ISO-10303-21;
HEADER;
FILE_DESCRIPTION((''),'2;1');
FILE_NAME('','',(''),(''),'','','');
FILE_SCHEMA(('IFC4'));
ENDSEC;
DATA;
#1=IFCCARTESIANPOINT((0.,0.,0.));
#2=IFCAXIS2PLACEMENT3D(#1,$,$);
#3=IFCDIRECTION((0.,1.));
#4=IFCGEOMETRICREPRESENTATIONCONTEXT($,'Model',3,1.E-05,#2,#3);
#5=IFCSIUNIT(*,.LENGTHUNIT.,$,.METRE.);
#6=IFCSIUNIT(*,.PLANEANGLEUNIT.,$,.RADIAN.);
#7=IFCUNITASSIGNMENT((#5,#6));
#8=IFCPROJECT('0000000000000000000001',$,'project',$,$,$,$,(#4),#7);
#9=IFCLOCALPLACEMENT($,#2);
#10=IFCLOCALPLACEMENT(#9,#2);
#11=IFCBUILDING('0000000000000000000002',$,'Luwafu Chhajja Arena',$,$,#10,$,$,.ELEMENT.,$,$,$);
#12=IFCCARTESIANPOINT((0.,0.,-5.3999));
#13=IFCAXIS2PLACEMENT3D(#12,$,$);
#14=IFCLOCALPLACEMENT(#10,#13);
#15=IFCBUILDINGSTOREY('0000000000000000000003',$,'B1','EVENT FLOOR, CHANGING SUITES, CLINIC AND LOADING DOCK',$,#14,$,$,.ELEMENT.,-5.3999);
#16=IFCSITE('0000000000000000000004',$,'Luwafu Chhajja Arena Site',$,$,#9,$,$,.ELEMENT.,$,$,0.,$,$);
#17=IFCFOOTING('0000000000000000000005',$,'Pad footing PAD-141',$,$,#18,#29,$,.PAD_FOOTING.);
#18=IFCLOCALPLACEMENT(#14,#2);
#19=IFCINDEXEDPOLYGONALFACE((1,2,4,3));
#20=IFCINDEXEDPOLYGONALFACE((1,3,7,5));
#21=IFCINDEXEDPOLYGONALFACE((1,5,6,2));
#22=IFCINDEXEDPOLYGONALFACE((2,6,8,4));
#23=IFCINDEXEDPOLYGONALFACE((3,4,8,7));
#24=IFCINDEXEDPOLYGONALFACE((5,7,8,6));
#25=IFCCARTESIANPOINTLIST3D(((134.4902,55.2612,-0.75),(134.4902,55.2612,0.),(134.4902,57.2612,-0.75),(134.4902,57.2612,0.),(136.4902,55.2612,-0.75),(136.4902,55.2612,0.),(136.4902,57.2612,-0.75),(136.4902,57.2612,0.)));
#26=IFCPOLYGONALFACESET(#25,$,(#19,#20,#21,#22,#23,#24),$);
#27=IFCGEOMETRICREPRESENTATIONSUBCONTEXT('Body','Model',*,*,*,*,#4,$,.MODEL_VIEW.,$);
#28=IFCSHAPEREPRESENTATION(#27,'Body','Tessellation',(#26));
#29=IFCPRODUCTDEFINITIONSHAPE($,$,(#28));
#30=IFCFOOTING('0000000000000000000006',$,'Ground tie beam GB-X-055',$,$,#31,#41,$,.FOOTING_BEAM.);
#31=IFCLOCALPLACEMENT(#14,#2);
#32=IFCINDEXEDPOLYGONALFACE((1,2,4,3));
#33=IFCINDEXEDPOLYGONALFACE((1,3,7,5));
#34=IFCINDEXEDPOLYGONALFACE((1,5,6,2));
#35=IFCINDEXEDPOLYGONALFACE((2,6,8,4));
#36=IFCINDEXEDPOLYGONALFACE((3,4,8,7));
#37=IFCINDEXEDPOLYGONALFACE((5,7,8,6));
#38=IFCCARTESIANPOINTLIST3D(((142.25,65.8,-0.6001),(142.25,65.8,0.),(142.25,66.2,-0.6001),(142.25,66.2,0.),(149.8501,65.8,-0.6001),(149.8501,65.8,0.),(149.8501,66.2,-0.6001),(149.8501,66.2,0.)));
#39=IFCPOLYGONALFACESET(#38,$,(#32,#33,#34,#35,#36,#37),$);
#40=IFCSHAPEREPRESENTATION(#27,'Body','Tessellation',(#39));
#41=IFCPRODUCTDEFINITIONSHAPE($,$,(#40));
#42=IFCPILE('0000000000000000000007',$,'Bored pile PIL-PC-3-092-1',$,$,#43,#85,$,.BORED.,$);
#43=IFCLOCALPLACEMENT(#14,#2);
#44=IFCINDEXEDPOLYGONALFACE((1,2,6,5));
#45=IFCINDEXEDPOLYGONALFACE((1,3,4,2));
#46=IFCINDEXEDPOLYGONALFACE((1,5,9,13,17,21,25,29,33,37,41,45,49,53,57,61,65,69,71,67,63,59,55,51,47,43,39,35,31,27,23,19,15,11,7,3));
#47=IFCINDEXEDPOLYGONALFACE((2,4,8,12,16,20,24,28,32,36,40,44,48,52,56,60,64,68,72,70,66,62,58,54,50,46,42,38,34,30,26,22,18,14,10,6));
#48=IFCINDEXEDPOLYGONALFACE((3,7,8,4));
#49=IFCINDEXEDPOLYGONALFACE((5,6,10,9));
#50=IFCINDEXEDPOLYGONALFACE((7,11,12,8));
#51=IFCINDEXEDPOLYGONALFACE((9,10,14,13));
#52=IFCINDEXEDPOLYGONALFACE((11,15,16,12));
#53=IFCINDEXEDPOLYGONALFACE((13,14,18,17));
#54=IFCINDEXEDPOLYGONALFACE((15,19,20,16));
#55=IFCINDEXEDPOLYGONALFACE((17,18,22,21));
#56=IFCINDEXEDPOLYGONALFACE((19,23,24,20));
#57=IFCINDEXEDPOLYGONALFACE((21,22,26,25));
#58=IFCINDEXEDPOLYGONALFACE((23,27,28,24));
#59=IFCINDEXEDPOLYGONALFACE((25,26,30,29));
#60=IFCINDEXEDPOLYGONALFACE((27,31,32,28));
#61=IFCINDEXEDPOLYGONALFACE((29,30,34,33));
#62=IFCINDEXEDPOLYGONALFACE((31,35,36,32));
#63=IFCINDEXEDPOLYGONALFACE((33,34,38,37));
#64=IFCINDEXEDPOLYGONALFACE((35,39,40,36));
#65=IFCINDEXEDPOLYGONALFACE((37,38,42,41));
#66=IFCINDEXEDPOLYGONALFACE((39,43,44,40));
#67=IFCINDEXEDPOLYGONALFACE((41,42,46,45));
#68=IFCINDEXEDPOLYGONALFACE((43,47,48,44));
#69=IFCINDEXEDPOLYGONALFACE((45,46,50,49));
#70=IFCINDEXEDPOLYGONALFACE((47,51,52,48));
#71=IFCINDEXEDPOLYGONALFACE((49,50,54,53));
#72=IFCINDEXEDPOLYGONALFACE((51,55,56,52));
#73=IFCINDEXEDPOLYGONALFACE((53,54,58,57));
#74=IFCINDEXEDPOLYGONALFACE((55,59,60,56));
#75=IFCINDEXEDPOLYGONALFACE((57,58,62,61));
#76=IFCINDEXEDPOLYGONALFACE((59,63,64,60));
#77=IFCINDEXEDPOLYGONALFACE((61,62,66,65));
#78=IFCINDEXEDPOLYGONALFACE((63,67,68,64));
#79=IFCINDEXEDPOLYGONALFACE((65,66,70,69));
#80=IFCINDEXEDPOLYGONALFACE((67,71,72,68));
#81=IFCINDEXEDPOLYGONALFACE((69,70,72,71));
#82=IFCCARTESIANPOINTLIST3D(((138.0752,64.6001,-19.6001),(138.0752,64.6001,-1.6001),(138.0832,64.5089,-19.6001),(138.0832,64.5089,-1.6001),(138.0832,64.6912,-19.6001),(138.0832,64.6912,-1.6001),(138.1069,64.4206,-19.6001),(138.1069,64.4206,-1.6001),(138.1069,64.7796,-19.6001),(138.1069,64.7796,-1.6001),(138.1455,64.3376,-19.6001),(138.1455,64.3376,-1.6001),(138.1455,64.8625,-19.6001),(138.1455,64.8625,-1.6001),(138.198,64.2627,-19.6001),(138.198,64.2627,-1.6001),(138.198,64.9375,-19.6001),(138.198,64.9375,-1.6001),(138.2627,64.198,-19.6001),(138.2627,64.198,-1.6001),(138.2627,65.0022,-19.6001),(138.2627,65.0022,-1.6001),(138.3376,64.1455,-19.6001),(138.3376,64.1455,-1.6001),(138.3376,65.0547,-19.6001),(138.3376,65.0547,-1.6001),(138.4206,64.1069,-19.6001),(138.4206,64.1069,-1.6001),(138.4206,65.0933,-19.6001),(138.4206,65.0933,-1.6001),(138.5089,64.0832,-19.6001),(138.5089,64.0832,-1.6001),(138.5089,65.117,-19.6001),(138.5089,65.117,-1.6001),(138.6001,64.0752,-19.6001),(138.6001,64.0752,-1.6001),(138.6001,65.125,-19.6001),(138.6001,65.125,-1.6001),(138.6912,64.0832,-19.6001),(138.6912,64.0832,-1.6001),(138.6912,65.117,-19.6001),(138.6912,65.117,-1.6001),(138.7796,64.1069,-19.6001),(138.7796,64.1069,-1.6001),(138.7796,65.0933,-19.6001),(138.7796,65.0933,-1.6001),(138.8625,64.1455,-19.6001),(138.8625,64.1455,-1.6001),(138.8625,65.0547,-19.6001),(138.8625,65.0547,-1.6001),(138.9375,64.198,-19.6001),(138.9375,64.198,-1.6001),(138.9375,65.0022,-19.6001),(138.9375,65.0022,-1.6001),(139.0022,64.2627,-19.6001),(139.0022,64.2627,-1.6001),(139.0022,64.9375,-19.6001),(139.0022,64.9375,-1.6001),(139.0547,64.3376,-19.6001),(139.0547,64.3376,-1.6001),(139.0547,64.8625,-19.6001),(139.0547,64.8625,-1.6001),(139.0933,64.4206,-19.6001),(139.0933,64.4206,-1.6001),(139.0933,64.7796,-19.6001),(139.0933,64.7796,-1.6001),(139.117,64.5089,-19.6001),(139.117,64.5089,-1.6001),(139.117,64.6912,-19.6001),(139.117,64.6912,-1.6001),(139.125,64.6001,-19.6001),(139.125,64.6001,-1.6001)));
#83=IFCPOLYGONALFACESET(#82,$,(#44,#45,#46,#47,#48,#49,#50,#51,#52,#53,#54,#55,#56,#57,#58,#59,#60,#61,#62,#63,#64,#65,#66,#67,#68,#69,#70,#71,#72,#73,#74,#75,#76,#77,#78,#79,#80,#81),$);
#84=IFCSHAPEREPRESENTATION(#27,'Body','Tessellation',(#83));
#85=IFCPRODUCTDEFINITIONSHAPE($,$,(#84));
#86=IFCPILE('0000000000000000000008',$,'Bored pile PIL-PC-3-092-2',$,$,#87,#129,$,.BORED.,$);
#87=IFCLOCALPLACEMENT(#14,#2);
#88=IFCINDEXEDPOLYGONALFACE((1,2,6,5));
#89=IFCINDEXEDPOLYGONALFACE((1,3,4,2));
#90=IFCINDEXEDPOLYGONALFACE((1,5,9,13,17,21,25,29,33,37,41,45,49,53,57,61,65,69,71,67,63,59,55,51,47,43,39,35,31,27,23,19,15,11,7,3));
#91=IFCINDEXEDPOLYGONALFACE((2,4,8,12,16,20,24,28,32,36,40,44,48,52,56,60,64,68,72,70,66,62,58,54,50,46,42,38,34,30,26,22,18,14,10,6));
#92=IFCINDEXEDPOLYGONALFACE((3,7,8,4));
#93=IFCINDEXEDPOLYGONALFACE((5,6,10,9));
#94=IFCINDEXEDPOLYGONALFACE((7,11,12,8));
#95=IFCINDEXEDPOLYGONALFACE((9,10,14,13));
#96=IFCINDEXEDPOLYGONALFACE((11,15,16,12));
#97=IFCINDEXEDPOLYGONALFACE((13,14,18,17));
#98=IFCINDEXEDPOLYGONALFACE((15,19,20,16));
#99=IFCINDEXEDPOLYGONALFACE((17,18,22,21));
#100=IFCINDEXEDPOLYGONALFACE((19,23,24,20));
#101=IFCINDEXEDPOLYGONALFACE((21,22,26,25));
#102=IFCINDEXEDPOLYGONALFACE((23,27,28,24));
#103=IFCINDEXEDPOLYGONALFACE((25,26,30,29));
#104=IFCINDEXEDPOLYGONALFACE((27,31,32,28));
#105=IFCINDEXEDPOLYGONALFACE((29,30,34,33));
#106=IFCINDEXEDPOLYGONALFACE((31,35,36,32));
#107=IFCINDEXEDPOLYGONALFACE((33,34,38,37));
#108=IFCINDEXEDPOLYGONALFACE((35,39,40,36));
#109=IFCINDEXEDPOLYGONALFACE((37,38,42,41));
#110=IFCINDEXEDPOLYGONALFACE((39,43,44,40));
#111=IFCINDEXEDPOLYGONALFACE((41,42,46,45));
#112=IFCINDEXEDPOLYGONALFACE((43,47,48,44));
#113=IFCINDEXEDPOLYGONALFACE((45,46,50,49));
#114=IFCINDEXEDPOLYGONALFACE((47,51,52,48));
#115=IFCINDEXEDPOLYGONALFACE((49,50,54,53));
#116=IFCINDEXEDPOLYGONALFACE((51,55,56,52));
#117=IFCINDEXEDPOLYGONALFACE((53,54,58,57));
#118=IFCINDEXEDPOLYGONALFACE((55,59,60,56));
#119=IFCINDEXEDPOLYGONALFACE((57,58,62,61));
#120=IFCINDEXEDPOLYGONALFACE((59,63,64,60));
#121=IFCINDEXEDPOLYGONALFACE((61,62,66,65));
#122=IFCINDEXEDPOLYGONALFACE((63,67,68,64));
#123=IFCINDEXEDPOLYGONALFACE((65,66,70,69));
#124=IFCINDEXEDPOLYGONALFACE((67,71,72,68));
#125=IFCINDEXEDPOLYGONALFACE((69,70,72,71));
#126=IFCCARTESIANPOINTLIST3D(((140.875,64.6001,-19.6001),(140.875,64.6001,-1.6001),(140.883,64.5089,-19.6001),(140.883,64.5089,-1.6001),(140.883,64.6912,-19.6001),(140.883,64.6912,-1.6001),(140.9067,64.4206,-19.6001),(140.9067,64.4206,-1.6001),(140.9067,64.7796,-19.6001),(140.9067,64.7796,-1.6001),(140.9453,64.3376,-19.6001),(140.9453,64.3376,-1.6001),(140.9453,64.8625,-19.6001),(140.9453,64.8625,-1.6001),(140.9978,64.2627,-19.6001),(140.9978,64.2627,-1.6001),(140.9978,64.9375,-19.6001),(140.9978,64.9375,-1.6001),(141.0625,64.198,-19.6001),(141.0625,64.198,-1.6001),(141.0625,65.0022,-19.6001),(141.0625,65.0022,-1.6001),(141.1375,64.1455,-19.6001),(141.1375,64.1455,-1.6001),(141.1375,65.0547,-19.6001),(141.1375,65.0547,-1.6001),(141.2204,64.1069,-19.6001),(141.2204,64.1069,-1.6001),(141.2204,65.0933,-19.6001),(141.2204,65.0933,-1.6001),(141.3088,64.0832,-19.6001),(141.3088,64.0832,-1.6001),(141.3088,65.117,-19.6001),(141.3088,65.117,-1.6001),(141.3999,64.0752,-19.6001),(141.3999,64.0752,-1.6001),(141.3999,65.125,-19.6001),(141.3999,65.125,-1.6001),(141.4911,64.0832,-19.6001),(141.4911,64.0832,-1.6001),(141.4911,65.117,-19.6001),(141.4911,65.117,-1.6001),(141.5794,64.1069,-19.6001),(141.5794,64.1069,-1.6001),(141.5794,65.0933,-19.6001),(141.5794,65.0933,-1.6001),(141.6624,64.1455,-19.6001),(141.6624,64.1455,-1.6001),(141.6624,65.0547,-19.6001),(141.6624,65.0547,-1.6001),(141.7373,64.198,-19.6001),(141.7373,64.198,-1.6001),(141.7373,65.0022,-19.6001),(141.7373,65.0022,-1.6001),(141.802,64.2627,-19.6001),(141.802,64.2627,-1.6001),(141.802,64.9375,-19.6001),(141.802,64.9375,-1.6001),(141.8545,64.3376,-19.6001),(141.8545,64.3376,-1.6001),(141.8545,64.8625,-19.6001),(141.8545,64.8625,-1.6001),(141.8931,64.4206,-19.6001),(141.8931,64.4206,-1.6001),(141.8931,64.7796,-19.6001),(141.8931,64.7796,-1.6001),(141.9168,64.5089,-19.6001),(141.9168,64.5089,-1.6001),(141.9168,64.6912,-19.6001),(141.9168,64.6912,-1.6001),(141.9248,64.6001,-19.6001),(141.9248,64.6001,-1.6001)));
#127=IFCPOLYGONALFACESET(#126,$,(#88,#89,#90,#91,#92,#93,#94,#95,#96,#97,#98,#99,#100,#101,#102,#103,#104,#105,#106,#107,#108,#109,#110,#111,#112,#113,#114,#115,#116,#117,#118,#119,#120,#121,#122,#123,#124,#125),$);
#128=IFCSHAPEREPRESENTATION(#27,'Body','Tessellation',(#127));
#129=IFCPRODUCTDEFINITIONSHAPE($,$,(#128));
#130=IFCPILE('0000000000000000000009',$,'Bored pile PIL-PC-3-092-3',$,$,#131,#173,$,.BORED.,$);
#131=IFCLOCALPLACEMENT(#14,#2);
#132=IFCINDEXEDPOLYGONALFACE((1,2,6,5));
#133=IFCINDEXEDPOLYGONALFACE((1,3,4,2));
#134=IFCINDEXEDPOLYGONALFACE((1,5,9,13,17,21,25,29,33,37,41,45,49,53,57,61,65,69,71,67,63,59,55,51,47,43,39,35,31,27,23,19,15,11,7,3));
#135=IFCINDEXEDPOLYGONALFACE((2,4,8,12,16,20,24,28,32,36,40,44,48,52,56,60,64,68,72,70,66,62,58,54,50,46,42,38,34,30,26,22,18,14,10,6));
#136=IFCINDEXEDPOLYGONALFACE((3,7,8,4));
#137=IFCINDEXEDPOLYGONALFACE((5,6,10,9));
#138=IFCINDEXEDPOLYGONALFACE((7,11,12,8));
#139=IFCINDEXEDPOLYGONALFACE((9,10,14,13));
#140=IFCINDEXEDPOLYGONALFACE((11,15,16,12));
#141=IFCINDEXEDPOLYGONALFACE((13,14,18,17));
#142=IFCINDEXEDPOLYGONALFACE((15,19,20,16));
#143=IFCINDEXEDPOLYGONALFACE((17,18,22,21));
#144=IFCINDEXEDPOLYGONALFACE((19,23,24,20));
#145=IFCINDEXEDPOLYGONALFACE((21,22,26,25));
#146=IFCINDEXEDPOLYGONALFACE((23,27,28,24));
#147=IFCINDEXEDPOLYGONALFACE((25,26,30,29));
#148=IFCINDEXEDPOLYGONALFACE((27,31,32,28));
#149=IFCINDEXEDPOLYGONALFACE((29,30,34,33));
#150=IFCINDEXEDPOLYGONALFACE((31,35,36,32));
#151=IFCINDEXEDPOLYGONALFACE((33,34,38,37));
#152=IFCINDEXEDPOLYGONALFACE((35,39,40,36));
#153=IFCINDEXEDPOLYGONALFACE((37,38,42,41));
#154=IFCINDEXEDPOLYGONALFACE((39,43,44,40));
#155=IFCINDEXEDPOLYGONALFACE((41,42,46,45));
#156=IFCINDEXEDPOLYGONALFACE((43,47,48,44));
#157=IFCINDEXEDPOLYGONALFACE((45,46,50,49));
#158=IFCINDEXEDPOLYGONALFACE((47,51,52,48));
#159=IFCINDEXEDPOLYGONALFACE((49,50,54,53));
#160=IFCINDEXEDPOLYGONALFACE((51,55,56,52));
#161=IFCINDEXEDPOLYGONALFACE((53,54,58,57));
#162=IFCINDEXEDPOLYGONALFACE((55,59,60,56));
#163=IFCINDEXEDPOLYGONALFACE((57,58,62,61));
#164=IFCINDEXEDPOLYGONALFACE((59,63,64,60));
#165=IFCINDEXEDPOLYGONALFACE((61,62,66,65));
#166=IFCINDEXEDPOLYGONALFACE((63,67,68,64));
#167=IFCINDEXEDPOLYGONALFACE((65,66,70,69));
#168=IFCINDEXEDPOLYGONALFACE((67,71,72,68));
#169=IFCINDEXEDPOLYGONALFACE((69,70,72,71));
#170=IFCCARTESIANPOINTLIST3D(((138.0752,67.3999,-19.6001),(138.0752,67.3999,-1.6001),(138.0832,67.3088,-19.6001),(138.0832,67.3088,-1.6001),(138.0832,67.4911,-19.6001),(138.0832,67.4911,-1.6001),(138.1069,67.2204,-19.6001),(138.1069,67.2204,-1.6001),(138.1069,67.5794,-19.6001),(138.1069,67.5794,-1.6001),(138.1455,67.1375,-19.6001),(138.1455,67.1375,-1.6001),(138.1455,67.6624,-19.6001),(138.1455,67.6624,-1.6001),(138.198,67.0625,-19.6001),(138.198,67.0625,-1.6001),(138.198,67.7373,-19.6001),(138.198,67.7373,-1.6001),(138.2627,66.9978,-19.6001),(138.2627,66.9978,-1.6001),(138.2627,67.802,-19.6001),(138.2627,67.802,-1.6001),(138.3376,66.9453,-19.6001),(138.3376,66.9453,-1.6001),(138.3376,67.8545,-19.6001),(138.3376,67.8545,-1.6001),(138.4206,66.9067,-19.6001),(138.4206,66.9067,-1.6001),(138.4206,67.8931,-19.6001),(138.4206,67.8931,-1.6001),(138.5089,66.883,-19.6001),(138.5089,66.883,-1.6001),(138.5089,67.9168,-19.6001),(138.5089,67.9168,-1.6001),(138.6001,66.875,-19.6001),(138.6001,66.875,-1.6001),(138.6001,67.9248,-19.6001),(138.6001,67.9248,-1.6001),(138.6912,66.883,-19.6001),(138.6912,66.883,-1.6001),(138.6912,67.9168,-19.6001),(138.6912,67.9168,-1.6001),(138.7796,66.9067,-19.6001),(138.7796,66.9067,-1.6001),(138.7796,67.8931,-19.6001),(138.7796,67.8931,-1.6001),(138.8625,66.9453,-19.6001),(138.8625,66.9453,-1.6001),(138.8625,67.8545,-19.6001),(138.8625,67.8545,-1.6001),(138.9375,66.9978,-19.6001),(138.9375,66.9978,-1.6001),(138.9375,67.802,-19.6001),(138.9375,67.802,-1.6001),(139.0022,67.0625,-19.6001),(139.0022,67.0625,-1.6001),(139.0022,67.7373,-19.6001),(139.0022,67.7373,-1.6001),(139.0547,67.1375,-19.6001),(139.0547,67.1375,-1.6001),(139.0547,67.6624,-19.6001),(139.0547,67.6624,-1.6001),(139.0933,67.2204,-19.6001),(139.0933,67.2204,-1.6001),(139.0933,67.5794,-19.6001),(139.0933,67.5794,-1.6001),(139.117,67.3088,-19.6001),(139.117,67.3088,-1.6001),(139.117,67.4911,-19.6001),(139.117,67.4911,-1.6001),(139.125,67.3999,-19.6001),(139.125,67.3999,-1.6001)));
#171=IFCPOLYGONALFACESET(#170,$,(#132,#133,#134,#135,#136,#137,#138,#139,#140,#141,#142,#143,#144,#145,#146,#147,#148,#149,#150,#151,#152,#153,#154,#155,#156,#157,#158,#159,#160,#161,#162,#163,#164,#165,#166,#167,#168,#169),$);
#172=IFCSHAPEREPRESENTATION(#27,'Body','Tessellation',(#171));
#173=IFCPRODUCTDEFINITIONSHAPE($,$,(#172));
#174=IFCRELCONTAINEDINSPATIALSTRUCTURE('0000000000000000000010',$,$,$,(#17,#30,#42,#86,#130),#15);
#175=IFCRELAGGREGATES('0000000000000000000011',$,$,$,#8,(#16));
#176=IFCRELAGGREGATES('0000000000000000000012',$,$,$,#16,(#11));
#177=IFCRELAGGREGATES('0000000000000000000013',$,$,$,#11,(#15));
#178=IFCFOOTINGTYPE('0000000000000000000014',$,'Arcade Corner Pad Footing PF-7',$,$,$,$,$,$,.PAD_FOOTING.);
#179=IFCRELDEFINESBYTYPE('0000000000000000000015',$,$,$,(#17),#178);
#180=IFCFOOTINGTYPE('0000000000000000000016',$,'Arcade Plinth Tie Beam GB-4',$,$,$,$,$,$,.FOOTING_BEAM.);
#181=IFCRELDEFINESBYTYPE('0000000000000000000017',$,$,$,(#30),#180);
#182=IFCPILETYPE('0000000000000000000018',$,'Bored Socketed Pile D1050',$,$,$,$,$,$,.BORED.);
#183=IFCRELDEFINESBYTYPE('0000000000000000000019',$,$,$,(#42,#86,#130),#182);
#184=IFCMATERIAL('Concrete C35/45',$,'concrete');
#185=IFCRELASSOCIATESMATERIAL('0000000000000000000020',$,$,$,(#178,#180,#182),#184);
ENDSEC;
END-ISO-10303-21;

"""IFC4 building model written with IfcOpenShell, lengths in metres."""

from ifc_helpers import new_model, si_unit, direction, frame, origin, origin_2d, place, context, subcontext, project, spatial, rectangle, circle, extrude, material, material_profile, profile_set, type_object, element, save


model = new_model("IFC4")

# Units and contexts
model_context = context("Model", 3, precision=1e-05, world=origin(), true_north=direction((0.0, 1.0)))
body_context = subcontext(model_context, "Body", "Model", "MODEL_VIEW")
ifc_project = project(units=[si_unit("LENGTHUNIT", "METRE"), si_unit("PLANEANGLEUNIT", "RADIAN")], contexts=[model_context])

# Site, building, storey
site_placement = place(None, origin())
site = spatial("IfcSite", under=ifc_project, at=site_placement, Name="Luwafu Chhajja Arena Site", CompositionType="ELEMENT", RefElevation=0.0)
building_placement = place(site_placement, origin())
building = spatial("IfcBuilding", under=site, at=building_placement, Name="Luwafu Chhajja Arena", CompositionType="ELEMENT")
storey_placement = place(building_placement, frame((0.0, 0.0, -5.3999)))
storey = spatial("IfcBuildingStorey", under=building, at=storey_placement, Name="B1", Description="EVENT FLOOR, CHANGING SUITES, CLINIC AND LOADING DOCK", CompositionType="ELEMENT", Elevation=-5.3999)

# Footings
ifc_material_1 = material(Name="Concrete C35/45", Category="concrete")
footing_type_1 = type_object("IfcFootingType", Name="Arcade Corner Pad Footing PF-7", PredefinedType="PAD_FOOTING", material=ifc_material_1)
footing_1_placement = place(storey_placement, frame((135.4902, 56.2612, -0.75), z_axis=(0.0, 0.0, 1.0), x_axis=(1.0, 0.0, 0.0)))
element("IfcFooting", 1, at=footing_1_placement, inside=storey, type_object=footing_type_1, Name="Pad footing PAD-141", PredefinedType="PAD_FOOTING", context=body_context, shape_type="SweptSolid", body=[
    extrude(rectangle(XDim=2.0, YDim=2.0, at=origin_2d()), origin(), (0.0, 0.0, 1.0), 0.75),
])
ifc_material_profile_1 = material_profile(ifc_material_1, rectangle(XDim=0.3999, YDim=0.6001, at=origin_2d()), Name="RC 400x600")
ifc_profile_set_1 = profile_set([ifc_material_profile_1], Name="Concrete C35/45")
footing_type_2 = type_object("IfcFootingType", Name="Arcade Plinth Tie Beam GB-4", PredefinedType="FOOTING_BEAM", material=ifc_profile_set_1)
footing_2_placement = place(storey_placement, frame((142.25, 66.0, -0.3), z_axis=(1.0, 0.0, 0.0), x_axis=(0.0, 1.0, 0.0)))
element("IfcFooting", 2, at=footing_2_placement, inside=storey, type_object=footing_type_2, Name="Ground tie beam GB-X-055", PredefinedType="FOOTING_BEAM", context=body_context, shape_type="SweptSolid", body=[
    extrude(rectangle(XDim=0.3999, YDim=0.6001, at=origin_2d()), origin(), (0.0, 0.0, 1.0), 7.6001),
])

# Piles
ifc_material_profile_2 = material_profile(ifc_material_1, circle(Radius=0.5249, at=origin_2d()), Name="PILE D1050")
ifc_profile_set_2 = profile_set([ifc_material_profile_2], Name="Concrete C35/45")
pile_type_1 = type_object("IfcPileType", Name="Bored Socketed Pile D1050", PredefinedType="BORED", material=ifc_profile_set_2)
for number, where, z_axis, x_axis, name in (
    (3, (138.6001, 64.6001, -1.6001), (0.0, 0.0, -1.0), (1.0, 0.0, 0.0), "Bored pile PIL-PC-3-092-1"),
    (4, (141.3999, 64.6001, -1.6001), (0.0, 0.0, -1.0), (1.0, 0.0, 0.0), "Bored pile PIL-PC-3-092-2"),
    (5, (138.6001, 67.3999, -1.6001), (0.0, 0.0, -1.0), (1.0, 0.0, 0.0), "Bored pile PIL-PC-3-092-3"),
):
    element("IfcPile", number, at=place(storey_placement, frame(where, z_axis=z_axis, x_axis=x_axis)), inside=storey, type_object=pile_type_1, Name=name, PredefinedType="BORED", context=body_context, shape_type="SweptSolid", body=[
        extrude(circle(Radius=0.5249, at=origin_2d()), origin(), (0.0, 0.0, 1.0), 18.0),
    ])

save(model, "model.ifc")
